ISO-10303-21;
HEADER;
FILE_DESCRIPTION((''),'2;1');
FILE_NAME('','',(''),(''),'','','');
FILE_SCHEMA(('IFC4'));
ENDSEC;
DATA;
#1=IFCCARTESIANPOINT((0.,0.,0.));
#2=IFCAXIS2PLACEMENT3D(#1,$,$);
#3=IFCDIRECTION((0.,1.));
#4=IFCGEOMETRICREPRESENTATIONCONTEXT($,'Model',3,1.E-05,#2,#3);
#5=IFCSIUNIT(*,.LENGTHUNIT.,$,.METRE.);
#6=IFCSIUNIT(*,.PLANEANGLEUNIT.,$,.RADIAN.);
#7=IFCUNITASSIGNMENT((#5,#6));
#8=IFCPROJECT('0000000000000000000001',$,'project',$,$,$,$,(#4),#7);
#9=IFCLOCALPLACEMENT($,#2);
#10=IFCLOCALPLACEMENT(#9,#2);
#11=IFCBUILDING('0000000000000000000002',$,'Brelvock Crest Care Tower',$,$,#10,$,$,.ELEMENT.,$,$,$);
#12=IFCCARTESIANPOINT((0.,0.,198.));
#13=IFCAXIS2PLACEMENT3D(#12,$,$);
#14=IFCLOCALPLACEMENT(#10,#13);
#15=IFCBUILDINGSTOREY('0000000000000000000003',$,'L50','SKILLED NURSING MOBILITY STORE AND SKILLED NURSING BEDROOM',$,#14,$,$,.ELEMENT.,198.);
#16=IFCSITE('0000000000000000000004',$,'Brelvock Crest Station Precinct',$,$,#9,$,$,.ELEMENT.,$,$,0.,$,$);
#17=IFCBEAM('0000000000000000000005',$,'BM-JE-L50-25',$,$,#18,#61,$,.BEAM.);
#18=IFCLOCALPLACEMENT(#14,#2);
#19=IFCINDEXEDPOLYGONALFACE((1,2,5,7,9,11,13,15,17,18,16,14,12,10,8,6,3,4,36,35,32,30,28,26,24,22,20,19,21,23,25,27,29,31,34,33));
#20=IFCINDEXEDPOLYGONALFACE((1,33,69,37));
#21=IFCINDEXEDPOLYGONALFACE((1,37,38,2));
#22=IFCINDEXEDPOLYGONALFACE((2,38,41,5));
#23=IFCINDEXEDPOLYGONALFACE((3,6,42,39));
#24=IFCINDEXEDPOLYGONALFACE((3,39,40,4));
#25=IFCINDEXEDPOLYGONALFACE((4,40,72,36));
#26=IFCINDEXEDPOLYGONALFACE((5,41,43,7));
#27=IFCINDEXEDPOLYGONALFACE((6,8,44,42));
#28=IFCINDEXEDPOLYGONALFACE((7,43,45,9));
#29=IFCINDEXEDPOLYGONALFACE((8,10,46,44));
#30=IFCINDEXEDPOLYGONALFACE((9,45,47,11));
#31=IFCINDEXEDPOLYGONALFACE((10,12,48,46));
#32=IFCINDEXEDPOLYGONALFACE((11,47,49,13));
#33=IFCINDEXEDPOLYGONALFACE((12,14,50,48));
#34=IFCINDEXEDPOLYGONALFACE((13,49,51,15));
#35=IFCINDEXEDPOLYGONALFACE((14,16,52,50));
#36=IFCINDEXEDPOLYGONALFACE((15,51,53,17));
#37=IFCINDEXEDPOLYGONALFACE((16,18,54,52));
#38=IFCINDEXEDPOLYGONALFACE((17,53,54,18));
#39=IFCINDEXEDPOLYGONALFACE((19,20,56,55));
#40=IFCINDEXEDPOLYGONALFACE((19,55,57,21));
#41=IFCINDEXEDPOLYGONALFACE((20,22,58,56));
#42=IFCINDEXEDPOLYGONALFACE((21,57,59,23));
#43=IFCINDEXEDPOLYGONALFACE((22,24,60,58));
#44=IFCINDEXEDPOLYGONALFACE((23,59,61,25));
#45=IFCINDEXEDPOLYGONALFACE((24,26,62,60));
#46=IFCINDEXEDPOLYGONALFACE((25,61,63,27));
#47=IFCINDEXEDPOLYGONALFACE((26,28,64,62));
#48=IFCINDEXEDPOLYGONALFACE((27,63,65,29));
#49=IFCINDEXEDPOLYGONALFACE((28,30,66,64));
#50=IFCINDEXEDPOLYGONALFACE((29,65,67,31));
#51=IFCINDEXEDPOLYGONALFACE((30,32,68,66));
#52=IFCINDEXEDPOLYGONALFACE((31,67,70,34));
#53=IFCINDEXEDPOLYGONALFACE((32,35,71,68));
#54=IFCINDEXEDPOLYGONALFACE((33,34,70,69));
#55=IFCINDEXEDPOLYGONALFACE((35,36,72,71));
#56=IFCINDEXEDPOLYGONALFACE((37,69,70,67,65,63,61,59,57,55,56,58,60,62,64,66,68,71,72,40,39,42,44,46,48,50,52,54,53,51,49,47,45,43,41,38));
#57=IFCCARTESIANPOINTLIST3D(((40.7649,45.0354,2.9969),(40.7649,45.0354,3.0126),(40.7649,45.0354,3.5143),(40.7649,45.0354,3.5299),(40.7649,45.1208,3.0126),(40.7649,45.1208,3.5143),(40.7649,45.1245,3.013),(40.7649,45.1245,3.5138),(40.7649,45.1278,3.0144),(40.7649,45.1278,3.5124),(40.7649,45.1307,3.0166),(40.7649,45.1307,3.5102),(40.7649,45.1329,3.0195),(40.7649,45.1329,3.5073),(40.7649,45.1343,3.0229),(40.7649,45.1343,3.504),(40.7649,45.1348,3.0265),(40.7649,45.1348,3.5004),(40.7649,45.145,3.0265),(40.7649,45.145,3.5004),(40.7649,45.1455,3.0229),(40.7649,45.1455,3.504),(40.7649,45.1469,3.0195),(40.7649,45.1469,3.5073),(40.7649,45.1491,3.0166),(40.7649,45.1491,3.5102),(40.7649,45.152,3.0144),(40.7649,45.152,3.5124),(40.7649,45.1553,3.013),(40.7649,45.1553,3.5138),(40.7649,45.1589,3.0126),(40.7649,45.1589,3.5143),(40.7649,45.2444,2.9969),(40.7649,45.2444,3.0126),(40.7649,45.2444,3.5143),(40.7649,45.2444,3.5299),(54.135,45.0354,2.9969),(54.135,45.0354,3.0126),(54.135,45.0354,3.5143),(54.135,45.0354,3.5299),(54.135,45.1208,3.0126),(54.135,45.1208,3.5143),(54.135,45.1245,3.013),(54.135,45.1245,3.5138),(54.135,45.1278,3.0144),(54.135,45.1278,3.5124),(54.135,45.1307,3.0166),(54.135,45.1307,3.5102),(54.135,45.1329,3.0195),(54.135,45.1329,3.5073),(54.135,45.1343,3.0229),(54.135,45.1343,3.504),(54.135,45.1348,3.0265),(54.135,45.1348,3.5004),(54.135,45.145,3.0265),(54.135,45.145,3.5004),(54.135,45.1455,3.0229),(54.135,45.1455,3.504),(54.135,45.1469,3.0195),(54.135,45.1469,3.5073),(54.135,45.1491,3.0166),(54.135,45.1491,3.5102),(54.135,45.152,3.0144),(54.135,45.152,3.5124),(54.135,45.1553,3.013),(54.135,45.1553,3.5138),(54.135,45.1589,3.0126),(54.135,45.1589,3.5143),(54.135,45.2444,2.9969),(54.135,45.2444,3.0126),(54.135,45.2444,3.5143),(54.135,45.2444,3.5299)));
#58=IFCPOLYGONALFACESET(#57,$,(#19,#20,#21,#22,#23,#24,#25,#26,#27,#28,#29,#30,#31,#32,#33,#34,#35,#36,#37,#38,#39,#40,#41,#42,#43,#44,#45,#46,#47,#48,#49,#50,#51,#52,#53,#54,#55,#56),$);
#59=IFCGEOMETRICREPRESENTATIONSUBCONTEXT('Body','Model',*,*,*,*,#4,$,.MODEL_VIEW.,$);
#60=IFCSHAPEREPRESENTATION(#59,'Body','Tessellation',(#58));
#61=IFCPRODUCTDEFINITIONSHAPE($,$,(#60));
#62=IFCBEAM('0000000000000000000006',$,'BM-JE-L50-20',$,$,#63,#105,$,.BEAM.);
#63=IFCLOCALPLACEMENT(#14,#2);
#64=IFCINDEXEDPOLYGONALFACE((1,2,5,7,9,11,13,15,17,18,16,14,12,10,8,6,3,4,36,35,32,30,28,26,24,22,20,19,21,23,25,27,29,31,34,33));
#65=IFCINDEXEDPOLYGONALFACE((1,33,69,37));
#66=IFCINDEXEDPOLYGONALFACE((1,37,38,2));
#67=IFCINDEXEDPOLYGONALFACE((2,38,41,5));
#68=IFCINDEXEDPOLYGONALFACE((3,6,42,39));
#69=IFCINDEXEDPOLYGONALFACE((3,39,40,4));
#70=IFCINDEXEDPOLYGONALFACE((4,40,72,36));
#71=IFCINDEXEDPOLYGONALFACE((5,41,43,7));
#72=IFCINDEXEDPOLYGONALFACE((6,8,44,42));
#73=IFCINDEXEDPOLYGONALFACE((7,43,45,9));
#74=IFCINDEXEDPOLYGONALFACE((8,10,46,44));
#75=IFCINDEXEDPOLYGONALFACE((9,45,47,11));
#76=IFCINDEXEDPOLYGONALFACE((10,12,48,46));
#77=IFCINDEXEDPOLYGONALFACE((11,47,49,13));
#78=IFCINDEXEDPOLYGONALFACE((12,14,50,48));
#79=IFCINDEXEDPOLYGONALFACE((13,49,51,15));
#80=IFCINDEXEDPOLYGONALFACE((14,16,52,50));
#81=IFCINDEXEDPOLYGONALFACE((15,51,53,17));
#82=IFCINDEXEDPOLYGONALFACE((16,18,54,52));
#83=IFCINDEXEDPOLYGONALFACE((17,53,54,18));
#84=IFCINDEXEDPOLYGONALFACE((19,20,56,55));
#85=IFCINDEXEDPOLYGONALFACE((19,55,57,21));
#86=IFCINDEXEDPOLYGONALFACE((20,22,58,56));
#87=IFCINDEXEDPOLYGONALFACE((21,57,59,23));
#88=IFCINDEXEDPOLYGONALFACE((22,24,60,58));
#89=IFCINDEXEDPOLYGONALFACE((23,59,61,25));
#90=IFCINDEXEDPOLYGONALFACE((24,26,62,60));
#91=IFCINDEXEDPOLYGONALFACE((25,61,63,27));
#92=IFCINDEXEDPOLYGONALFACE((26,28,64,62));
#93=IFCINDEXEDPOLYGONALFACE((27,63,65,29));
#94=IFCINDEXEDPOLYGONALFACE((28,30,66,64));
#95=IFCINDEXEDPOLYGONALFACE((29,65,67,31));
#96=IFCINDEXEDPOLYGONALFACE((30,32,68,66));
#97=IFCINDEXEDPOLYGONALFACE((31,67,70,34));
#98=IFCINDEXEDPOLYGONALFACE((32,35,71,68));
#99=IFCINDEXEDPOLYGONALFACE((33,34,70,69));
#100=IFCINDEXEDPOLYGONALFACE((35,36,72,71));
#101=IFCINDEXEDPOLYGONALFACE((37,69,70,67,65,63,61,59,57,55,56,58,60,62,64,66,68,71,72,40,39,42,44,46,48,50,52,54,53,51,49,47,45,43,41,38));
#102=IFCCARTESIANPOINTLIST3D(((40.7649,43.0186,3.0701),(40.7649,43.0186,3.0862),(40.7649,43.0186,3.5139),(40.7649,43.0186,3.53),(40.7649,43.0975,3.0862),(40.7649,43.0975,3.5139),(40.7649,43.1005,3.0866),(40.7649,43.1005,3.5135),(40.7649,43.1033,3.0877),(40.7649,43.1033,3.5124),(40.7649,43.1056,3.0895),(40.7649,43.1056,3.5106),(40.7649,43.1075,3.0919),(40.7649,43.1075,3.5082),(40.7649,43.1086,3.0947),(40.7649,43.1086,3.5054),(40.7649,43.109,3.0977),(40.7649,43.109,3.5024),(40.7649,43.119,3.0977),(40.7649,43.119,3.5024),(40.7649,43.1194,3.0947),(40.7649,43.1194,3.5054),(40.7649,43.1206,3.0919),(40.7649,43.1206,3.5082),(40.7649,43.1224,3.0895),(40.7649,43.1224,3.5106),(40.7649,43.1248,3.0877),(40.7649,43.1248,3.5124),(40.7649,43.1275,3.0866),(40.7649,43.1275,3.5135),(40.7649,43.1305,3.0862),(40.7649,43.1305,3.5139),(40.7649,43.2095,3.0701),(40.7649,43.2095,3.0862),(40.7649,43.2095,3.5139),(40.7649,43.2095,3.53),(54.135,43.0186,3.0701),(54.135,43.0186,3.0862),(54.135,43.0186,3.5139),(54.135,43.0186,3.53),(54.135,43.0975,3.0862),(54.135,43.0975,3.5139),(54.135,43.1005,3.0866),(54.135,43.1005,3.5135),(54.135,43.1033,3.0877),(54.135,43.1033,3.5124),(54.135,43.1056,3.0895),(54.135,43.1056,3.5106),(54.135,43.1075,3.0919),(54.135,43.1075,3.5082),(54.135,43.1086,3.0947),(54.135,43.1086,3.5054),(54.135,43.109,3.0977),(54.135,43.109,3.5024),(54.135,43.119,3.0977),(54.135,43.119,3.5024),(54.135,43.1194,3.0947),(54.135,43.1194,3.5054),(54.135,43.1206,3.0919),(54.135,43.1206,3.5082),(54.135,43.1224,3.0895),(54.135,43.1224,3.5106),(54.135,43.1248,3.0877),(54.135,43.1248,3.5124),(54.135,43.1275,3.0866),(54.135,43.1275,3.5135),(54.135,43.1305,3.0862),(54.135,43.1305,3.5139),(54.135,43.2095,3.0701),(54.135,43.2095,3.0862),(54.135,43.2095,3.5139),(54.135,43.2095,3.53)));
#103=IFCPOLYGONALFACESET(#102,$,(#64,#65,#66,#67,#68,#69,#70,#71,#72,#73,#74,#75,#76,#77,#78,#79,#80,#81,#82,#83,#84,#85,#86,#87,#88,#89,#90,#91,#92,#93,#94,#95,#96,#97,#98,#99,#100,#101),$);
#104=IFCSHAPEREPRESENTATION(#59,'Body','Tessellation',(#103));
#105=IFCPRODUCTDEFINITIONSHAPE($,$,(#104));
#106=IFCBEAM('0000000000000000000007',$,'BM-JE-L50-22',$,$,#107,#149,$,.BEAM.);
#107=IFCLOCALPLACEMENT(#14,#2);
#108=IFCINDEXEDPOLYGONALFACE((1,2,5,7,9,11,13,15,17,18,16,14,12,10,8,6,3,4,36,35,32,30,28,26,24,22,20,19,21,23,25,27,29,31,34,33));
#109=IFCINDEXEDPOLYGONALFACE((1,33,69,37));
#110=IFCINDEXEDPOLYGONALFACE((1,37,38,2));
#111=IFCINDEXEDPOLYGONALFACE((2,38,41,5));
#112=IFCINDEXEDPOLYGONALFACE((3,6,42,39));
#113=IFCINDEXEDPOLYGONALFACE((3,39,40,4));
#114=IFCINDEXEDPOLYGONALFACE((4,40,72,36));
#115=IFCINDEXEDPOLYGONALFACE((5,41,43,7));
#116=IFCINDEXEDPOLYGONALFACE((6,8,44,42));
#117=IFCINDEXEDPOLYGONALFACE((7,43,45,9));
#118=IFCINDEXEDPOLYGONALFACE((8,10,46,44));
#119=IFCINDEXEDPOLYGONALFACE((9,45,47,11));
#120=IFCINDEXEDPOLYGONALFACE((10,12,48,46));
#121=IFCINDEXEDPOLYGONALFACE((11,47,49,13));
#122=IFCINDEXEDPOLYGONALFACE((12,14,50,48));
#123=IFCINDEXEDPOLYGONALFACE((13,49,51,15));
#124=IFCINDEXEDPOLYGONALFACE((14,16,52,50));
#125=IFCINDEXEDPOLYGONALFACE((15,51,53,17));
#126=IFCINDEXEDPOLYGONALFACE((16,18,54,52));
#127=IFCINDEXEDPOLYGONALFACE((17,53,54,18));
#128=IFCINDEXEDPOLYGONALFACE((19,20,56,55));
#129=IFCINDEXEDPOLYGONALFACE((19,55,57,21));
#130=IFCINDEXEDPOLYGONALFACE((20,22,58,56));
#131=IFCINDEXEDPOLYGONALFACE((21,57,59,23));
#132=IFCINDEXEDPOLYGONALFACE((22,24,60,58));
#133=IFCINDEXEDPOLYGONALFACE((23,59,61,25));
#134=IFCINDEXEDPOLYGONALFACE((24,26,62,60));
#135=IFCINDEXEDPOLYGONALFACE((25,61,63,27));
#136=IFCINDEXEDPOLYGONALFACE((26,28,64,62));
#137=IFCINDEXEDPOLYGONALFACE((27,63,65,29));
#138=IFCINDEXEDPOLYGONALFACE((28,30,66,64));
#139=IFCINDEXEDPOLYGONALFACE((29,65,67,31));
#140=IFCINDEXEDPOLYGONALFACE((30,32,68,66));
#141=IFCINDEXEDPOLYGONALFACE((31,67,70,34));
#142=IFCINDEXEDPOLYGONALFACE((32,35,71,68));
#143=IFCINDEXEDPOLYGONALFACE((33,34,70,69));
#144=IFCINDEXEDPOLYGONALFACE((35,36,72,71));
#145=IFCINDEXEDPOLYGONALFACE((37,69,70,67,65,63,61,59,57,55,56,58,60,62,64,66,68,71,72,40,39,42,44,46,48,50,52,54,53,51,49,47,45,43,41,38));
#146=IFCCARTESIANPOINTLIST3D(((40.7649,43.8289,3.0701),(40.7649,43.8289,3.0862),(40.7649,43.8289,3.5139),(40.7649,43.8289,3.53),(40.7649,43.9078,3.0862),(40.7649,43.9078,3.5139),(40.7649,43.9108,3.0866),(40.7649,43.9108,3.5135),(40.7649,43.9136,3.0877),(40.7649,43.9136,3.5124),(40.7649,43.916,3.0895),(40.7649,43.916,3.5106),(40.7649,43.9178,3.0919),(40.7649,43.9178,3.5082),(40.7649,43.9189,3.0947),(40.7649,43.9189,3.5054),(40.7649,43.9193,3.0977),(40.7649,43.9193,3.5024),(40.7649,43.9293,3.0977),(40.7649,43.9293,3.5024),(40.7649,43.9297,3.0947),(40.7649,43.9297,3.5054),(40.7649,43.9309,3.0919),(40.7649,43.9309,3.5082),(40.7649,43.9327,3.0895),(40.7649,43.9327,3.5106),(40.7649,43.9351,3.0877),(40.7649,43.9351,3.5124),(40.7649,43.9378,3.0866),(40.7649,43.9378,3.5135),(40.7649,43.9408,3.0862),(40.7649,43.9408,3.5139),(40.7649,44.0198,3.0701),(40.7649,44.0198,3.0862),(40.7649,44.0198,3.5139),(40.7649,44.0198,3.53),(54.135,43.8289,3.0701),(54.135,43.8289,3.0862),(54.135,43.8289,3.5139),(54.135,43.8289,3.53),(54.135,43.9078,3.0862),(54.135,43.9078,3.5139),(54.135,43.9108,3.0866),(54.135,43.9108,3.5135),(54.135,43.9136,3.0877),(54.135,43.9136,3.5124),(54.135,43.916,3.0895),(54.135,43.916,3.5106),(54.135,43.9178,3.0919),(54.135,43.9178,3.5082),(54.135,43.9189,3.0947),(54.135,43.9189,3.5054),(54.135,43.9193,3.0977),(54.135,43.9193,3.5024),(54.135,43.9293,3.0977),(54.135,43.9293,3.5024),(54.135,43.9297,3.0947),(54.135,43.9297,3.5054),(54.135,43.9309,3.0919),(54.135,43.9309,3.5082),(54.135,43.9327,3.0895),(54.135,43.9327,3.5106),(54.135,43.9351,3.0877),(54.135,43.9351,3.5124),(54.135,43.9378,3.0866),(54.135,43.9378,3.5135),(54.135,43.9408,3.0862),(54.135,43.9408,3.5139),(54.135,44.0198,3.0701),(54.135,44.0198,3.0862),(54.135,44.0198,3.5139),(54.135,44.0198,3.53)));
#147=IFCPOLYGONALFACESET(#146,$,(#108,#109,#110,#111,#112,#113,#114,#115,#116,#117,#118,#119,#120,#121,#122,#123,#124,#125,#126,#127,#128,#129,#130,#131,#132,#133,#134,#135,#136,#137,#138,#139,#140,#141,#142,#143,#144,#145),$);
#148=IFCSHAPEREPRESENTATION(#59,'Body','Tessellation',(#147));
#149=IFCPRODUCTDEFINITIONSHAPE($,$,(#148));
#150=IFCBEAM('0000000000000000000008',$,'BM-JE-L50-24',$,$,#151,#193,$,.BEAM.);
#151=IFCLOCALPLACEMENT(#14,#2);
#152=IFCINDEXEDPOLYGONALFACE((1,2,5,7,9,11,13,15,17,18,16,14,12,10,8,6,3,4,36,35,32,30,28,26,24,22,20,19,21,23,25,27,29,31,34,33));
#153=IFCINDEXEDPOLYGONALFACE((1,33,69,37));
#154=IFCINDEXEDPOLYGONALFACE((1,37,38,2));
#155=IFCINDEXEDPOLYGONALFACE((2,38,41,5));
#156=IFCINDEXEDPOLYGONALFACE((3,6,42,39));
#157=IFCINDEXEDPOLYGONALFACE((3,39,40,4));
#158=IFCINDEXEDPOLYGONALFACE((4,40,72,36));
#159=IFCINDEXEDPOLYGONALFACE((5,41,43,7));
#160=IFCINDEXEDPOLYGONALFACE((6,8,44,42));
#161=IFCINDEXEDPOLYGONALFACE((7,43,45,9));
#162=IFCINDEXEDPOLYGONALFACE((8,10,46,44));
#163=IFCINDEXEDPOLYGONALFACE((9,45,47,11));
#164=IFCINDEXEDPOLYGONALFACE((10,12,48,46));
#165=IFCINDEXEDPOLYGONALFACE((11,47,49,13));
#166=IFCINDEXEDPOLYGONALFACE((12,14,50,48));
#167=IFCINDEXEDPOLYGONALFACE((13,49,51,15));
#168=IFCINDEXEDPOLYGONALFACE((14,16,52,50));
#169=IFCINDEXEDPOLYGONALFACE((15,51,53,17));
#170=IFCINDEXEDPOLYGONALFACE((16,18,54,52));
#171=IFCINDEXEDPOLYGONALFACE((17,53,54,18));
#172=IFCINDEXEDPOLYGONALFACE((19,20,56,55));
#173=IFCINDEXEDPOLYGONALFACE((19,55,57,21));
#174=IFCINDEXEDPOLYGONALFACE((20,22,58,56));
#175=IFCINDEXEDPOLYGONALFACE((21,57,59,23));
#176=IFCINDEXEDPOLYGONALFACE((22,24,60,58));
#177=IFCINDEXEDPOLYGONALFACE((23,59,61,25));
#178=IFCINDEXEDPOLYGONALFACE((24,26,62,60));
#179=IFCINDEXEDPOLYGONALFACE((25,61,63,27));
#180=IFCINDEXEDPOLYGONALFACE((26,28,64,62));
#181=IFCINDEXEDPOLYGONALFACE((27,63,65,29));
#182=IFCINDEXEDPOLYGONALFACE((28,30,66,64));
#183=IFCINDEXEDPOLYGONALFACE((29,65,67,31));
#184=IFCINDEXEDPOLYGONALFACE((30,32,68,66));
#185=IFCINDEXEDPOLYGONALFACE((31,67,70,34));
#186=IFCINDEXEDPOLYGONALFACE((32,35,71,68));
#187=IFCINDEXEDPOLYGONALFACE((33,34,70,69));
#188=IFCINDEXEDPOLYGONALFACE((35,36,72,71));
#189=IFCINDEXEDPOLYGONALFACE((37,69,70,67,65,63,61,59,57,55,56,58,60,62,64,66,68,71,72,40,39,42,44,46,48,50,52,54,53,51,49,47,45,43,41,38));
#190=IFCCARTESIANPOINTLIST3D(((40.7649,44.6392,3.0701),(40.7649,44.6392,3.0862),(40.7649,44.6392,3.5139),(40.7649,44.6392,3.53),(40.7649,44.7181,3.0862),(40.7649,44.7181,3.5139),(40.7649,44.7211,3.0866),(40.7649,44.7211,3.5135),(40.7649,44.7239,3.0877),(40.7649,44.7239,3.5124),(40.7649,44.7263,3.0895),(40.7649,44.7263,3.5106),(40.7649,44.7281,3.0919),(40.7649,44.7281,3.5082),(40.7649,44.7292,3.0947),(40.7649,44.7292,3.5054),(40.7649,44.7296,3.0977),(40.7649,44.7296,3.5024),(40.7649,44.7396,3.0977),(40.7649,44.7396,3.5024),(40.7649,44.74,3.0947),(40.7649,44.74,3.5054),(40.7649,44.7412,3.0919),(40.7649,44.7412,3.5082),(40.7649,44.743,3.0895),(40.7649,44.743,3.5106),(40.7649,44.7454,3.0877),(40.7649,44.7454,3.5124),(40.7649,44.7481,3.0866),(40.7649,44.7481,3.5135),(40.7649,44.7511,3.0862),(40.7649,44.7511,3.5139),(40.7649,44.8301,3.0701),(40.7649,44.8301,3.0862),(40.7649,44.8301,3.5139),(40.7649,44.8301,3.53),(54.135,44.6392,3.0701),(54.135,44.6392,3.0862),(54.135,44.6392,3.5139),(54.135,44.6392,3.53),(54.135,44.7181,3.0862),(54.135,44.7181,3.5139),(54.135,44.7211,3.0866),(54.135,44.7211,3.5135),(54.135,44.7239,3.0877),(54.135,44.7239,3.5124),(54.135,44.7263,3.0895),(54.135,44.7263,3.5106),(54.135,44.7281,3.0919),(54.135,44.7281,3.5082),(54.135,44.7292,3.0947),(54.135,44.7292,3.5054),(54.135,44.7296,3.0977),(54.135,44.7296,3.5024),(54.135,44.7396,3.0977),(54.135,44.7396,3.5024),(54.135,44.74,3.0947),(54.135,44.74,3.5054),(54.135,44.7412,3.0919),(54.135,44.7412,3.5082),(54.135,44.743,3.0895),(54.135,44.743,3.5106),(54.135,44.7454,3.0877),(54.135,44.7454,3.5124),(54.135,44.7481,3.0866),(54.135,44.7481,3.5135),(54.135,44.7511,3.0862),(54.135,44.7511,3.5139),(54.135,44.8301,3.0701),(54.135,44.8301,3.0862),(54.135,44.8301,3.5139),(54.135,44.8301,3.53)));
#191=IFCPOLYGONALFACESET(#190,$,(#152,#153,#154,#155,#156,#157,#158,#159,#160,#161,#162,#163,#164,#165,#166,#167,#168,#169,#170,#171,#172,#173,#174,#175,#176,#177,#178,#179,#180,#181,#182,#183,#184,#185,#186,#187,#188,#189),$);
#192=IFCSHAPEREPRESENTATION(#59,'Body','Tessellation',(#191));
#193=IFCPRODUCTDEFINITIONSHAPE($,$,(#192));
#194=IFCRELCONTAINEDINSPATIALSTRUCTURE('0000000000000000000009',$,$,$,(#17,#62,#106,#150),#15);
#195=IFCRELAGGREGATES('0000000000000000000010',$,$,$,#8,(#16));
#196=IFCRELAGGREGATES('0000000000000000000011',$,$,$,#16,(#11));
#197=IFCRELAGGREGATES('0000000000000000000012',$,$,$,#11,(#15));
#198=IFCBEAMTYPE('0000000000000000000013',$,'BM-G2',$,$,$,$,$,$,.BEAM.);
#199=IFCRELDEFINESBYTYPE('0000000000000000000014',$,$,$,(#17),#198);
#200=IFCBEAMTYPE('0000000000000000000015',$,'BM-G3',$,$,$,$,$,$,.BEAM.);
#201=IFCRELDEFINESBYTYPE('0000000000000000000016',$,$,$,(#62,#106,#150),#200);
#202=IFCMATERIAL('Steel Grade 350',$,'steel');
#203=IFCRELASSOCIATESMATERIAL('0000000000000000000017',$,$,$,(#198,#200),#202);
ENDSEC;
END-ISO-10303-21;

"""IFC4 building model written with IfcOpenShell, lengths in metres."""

from ifc_helpers import new_model, si_unit, direction, frame, origin, origin_2d, place, context, subcontext, project, spatial, i_section, extrude, source, transform, mapped, material, material_profile, profile_set, type_object, element, save


model = new_model("IFC4")

# Units and contexts
model_context = context("Model", 3, precision=1e-05, world=origin(), true_north=direction((0.0, 1.0)))
body_context = subcontext(model_context, "Body", "Model", "MODEL_VIEW")
ifc_project = project(units=[si_unit("LENGTHUNIT", "METRE"), si_unit("PLANEANGLEUNIT", "RADIAN")], contexts=[model_context])

# Site, building, storey
site_placement = place(None, origin())
site = spatial("IfcSite", under=ifc_project, at=site_placement, Name="Brelvock Crest Station Precinct", CompositionType="ELEMENT", RefElevation=0.0)
building_placement = place(site_placement, origin())
building = spatial("IfcBuilding", under=site, at=building_placement, Name="Brelvock Crest Care Tower", CompositionType="ELEMENT")
storey_placement = place(building_placement, frame((0.0, 0.0, 198.0)))
storey = spatial("IfcBuildingStorey", under=building, at=storey_placement, Name="L50", Description="SKILLED NURSING MOBILITY STORE AND SKILLED NURSING BEDROOM", CompositionType="ELEMENT", Elevation=198.0)

# Shared definitions
ifc_material_1 = material(Name="Steel Grade 350", Category="steel")

# Beams
ifc_material_profile_1 = material_profile(ifc_material_1, i_section(OverallWidth=0.209, OverallDepth=0.533, WebThickness=0.0103, FlangeThickness=0.0156, FilletRadius=0.0139, at=origin_2d()), Name="530UB92.4")
ifc_profile_set_1 = profile_set([ifc_material_profile_1], Name="Steel Grade 350")
beam_type_1 = type_object("IfcBeamType", Name="BM-G2", PredefinedType="BEAM", material=ifc_profile_set_1)
shared_shape_1 = source(origin(), body_context, "Body", "SweptSolid", [
    extrude(i_section(OverallWidth=0.209, OverallDepth=0.533, WebThickness=0.0103, FlangeThickness=0.0156, FilletRadius=0.0139, at=origin_2d()), origin(), (0.0, 0.0, 1.0), 13.3701),
])
for number, where, z_axis, x_axis, name in (
    (1, (40.7649, 45.1399, 3.2634), (1.0, 0.0, 0.0), (0.0, 1.0, 0.0), "BM-JE-L50-25"),
):
    element("IfcBeam", number, at=place(storey_placement, frame(where, z_axis=z_axis, x_axis=x_axis)), inside=storey, type_object=beam_type_1, Name=name, PredefinedType="BEAM", context=body_context, shape_type="MappedRepresentation", body=[
        mapped(shared_shape_1, transform((0.0, 0.0, 0.0), x_axis=(1.0, 0.0, 0.0), y_axis=(0.0, 1.0, 0.0), z_axis=(0.0, 0.0, 1.0), scale=1.0)),
    ])
ifc_material_profile_2 = material_profile(ifc_material_1, i_section(OverallWidth=0.1909, OverallDepth=0.46, WebThickness=0.01, FlangeThickness=0.0161, FilletRadius=0.0115, at=origin_2d()), Name="460UB82.1")
ifc_profile_set_2 = profile_set([ifc_material_profile_2], Name="Steel Grade 350")
beam_type_2 = type_object("IfcBeamType", Name="BM-G3", PredefinedType="BEAM", material=ifc_profile_set_2)
shared_shape_2 = source(origin(), body_context, "Body", "SweptSolid", [
    extrude(i_section(OverallWidth=0.1909, OverallDepth=0.46, WebThickness=0.01, FlangeThickness=0.0161, FilletRadius=0.0115, at=origin_2d()), origin(), (0.0, 0.0, 1.0), 13.3701),
])
for number, where, z_axis, x_axis, name in (
    (2, (40.7649, 43.114, 3.3), (1.0, 0.0, 0.0), (0.0, 1.0, 0.0), "BM-JE-L50-20"),
    (3, (40.7649, 43.9243, 3.3), (1.0, 0.0, 0.0), (0.0, 1.0, 0.0), "BM-JE-L50-22"),
    (4, (40.7649, 44.7346, 3.3), (1.0, 0.0, 0.0), (0.0, 1.0, 0.0), "BM-JE-L50-24"),
):
    element("IfcBeam", number, at=place(storey_placement, frame(where, z_axis=z_axis, x_axis=x_axis)), inside=storey, type_object=beam_type_2, Name=name, PredefinedType="BEAM", context=body_context, shape_type="MappedRepresentation", body=[
        mapped(shared_shape_2, transform((0.0, 0.0, 0.0), x_axis=(1.0, 0.0, 0.0), y_axis=(0.0, 1.0, 0.0), z_axis=(0.0, 0.0, 1.0), scale=1.0)),
    ])

save(model, "model.ifc")
